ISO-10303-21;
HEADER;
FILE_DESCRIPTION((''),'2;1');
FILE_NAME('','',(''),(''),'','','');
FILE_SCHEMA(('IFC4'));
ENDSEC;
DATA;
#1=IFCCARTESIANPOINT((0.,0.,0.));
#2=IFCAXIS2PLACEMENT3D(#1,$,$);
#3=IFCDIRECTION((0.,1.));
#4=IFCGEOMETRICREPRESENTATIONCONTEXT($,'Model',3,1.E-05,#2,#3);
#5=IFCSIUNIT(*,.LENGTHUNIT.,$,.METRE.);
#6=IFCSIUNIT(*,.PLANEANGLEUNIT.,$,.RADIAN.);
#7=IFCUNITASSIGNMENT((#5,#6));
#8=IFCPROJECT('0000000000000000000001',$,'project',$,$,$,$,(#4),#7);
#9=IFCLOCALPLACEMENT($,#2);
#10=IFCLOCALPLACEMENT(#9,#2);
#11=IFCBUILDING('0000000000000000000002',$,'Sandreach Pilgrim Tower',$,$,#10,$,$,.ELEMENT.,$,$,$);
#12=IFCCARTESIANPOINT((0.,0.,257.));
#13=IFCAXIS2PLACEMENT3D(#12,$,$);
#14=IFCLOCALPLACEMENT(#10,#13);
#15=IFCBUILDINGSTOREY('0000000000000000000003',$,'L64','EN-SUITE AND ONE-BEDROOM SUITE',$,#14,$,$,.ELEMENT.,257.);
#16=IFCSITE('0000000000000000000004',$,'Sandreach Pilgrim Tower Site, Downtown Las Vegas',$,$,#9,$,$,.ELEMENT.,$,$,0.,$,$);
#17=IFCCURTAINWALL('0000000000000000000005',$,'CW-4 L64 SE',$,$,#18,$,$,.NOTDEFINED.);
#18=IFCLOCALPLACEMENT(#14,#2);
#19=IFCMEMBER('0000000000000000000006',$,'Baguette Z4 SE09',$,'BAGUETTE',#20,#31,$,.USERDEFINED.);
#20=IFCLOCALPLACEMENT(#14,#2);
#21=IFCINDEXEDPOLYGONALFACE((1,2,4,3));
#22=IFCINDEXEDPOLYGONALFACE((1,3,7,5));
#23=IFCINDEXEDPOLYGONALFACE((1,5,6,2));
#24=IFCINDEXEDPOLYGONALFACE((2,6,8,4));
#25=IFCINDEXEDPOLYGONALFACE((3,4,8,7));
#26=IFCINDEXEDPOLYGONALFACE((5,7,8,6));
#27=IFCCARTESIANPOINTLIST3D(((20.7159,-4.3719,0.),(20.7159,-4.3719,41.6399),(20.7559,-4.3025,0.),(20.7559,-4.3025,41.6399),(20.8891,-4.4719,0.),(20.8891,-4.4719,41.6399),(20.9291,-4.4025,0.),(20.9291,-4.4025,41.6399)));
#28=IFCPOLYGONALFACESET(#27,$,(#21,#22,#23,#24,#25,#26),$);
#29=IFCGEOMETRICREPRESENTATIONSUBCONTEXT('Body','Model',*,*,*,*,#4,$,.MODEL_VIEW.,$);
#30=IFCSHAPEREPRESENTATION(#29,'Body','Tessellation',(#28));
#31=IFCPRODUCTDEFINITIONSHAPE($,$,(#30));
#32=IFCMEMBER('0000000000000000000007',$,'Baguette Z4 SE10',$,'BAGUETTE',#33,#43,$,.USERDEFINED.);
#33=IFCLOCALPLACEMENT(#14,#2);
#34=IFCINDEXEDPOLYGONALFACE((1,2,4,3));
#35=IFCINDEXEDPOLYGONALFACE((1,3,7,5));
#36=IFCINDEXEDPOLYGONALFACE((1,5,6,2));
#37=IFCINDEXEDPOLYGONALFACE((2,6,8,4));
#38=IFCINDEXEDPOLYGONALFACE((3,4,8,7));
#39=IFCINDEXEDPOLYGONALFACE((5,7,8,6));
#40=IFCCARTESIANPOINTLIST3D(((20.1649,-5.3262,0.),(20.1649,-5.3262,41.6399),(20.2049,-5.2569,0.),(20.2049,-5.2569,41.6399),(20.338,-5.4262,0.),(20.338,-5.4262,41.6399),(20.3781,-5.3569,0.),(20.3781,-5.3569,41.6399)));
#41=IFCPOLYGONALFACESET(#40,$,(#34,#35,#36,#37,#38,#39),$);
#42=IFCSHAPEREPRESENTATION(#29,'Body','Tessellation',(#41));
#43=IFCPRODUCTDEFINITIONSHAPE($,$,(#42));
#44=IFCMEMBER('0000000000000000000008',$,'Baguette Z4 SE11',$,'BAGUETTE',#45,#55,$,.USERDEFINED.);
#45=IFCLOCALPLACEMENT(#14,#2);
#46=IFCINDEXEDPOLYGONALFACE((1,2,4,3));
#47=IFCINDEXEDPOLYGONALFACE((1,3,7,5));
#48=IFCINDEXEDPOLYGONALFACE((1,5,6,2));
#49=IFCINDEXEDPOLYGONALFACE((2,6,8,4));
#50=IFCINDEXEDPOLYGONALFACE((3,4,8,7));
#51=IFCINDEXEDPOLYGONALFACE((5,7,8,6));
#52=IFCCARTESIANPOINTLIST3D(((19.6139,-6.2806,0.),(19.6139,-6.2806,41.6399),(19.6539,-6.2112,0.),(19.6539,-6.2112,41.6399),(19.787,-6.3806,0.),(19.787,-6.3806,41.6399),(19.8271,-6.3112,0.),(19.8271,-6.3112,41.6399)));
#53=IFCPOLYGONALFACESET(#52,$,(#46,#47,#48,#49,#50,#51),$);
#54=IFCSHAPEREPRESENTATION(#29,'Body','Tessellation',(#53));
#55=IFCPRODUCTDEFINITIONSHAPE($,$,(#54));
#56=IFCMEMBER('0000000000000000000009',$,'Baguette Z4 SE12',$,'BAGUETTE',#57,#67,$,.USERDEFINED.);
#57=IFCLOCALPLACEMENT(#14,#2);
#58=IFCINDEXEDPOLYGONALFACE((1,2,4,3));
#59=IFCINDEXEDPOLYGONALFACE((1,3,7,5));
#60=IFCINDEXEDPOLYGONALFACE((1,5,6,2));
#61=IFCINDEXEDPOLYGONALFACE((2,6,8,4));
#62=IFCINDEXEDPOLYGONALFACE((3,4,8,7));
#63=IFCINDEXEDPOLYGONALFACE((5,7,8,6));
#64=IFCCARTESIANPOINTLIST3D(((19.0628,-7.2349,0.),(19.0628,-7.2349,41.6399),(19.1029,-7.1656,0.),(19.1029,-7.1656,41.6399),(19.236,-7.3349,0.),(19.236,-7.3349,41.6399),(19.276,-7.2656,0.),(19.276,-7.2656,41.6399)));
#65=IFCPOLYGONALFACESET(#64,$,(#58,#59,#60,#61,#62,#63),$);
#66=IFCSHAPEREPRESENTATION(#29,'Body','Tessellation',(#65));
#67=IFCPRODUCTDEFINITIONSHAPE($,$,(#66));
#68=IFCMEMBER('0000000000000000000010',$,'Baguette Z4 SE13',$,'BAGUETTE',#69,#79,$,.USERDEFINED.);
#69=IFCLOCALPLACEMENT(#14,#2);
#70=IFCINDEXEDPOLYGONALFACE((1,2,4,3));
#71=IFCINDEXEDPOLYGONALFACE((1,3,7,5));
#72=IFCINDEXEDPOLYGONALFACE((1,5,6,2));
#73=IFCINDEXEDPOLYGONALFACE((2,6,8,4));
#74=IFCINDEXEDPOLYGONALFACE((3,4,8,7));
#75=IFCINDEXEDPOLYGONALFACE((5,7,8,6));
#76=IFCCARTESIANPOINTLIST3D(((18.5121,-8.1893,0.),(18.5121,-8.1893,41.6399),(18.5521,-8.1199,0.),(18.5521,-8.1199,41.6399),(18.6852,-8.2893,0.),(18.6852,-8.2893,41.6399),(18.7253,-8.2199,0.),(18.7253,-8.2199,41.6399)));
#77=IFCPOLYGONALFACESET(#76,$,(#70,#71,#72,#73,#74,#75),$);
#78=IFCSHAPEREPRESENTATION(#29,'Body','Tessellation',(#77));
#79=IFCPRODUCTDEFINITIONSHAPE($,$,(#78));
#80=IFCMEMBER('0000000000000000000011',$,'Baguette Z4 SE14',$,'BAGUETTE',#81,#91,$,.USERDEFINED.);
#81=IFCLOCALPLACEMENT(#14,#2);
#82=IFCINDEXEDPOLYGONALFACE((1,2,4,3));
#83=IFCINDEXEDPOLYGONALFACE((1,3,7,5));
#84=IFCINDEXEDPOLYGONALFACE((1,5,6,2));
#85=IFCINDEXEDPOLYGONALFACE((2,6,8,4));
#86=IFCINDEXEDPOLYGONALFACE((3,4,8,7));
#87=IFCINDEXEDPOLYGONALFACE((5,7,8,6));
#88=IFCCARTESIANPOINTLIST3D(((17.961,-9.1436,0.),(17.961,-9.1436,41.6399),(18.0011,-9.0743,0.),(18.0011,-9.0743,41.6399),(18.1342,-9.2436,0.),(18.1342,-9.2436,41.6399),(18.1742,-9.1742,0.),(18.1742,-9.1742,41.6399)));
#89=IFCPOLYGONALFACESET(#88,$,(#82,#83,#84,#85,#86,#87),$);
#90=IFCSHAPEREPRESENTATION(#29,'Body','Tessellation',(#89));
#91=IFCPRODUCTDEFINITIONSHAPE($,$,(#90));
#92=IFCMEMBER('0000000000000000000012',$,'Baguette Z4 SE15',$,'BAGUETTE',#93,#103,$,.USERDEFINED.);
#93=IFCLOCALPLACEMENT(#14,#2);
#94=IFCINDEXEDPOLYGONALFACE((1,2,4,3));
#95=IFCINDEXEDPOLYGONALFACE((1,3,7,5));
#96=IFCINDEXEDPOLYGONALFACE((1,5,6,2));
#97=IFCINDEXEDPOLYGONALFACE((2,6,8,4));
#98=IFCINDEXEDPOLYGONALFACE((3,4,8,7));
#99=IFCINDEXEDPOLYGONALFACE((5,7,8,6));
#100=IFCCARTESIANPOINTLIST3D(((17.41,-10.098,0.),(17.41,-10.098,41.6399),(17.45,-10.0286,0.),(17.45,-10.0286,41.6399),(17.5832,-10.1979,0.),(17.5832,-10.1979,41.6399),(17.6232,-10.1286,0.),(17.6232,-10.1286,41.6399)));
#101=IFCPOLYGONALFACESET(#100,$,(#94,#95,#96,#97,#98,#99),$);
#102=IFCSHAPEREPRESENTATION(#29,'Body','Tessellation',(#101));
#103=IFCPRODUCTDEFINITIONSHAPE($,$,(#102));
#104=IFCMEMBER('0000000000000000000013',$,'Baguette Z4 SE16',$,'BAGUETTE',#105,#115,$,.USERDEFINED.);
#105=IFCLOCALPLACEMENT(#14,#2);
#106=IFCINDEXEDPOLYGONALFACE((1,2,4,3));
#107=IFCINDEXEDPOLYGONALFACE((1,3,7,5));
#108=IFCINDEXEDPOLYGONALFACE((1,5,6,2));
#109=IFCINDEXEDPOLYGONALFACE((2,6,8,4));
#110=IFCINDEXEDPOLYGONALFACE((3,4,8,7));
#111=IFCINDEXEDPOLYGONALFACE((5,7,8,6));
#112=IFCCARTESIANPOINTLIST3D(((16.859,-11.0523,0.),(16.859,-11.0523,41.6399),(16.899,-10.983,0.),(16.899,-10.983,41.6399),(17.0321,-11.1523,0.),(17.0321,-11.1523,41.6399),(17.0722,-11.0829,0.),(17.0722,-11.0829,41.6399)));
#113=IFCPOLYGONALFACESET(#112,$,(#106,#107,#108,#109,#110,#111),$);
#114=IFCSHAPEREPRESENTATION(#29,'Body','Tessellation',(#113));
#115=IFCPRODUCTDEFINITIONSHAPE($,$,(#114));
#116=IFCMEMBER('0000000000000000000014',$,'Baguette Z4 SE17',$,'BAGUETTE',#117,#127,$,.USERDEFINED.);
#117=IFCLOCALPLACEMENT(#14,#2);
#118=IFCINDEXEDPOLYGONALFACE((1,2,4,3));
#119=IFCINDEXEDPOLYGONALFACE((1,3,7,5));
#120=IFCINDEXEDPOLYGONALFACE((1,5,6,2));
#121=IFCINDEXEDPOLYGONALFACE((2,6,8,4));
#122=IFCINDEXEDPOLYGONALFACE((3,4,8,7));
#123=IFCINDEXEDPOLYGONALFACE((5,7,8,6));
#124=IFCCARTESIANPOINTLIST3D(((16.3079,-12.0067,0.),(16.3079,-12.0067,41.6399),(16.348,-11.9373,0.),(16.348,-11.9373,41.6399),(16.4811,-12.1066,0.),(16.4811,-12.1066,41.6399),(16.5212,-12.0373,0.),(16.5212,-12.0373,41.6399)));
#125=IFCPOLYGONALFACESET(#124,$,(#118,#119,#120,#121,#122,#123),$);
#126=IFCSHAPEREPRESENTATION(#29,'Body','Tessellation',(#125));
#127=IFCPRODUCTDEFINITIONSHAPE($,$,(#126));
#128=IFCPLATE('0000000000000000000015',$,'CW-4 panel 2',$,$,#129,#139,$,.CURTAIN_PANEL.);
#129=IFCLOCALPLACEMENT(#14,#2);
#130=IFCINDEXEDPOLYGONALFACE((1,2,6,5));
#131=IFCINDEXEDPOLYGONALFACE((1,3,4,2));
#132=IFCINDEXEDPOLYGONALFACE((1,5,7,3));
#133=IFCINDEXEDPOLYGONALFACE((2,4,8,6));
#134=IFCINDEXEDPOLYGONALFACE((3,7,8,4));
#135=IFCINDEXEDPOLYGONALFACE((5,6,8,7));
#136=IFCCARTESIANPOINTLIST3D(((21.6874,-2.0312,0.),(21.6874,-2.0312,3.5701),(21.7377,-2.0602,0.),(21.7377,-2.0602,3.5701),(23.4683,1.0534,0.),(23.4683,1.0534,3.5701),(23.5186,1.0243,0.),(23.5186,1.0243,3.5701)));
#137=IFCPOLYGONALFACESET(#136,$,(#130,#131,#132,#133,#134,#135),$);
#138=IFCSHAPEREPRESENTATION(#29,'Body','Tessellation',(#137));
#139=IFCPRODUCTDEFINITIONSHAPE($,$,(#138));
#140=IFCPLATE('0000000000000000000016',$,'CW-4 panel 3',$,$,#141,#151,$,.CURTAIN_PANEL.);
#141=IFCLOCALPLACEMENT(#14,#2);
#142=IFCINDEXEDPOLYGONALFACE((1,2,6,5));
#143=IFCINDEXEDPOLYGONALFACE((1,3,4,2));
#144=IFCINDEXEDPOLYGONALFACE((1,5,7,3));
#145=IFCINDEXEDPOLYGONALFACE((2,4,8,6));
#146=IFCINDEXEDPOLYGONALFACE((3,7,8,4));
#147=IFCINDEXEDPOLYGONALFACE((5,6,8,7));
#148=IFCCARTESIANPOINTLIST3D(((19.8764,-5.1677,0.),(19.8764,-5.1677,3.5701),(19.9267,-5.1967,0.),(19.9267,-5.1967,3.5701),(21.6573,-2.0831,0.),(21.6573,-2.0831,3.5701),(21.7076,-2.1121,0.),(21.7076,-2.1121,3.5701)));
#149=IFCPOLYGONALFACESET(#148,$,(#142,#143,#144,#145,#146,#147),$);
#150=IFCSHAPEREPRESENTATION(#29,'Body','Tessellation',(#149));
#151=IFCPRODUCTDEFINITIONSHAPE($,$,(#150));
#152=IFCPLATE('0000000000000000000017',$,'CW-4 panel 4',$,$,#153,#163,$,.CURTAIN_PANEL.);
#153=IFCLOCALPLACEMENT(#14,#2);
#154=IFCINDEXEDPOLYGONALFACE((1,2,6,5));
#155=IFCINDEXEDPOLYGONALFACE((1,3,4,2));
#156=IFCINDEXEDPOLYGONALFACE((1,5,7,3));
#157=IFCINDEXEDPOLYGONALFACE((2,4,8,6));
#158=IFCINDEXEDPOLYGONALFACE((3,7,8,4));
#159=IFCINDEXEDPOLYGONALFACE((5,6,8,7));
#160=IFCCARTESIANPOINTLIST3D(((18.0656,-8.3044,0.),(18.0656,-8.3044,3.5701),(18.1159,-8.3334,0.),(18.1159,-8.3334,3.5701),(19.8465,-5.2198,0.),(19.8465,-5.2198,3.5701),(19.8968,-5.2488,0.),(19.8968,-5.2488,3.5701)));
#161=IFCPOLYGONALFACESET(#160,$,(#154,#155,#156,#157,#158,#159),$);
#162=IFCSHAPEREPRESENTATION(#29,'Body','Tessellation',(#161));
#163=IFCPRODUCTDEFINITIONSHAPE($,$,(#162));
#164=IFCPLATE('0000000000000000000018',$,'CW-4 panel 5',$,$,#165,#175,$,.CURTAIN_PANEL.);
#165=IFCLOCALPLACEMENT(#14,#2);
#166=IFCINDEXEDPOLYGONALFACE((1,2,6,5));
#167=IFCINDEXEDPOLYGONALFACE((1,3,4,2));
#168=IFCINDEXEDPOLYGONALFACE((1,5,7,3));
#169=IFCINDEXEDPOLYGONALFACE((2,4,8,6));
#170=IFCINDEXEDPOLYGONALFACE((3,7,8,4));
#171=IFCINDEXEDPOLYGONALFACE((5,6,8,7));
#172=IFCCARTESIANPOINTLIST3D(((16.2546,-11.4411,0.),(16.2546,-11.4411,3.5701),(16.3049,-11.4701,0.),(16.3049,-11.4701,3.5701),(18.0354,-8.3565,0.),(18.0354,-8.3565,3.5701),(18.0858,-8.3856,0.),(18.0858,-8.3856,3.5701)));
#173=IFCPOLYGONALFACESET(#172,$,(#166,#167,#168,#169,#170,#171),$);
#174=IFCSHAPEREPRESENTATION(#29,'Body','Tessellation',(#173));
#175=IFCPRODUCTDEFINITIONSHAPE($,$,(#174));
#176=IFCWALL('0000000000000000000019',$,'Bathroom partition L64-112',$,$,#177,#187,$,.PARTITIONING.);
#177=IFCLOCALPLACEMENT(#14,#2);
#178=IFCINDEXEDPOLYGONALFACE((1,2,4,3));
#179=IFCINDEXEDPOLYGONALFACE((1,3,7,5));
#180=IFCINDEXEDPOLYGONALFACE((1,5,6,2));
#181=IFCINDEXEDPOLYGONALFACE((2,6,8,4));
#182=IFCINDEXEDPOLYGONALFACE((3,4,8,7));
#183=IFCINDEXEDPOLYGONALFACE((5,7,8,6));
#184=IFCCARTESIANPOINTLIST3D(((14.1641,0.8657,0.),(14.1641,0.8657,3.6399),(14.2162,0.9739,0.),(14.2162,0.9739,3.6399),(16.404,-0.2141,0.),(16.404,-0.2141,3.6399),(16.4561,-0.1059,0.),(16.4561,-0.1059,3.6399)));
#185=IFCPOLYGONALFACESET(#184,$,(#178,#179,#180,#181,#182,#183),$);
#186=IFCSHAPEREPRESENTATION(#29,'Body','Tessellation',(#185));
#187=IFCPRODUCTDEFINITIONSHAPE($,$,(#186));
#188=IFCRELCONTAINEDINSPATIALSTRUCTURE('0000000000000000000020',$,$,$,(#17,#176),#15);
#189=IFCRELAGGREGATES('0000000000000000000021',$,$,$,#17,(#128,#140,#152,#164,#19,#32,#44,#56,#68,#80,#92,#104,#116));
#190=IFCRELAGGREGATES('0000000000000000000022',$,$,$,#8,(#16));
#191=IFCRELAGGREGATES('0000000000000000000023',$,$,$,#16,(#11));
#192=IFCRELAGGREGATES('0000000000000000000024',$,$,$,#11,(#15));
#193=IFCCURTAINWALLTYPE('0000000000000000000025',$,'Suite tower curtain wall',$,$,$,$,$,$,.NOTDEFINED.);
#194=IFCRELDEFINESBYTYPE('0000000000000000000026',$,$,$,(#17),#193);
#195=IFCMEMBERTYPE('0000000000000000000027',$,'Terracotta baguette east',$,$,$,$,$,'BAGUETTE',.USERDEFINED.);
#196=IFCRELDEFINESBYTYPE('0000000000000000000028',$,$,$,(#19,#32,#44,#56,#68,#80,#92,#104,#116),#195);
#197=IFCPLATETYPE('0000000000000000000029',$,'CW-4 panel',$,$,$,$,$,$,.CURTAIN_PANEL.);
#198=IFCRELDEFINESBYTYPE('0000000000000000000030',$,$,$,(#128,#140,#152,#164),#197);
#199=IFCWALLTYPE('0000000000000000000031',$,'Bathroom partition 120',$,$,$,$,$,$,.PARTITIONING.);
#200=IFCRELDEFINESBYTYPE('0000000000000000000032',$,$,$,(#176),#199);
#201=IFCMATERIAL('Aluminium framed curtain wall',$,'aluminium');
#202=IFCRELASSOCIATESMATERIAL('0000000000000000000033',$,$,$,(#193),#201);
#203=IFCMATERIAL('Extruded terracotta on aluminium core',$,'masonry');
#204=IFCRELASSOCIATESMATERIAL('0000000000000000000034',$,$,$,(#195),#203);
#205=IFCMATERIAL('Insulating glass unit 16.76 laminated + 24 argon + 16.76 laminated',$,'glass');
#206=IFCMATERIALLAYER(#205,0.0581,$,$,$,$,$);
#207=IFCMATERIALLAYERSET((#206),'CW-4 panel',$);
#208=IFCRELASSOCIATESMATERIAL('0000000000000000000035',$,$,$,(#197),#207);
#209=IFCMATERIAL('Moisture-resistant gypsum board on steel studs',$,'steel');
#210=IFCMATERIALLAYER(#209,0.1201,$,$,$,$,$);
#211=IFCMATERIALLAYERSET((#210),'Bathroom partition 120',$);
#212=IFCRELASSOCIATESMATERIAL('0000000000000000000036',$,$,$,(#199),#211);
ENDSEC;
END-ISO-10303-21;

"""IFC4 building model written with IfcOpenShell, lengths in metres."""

from ifc_helpers import new_model, si_unit, direction, frame, frame_2d, origin, origin_2d, place, context, subcontext, project, spatial, rectangle, extrude, material, layer, layer_set, material_profile, profile_set, type_object, element, aggregate, save


model = new_model("IFC4")

# Units and contexts
model_context = context("Model", 3, precision=1e-05, world=origin(), true_north=direction((0.0, 1.0)))
body_context = subcontext(model_context, "Body", "Model", "MODEL_VIEW")
ifc_project = project(units=[si_unit("LENGTHUNIT", "METRE"), si_unit("PLANEANGLEUNIT", "RADIAN")], contexts=[model_context])

# Site, building, storey
site_placement = place(None, origin())
site = spatial("IfcSite", under=ifc_project, at=site_placement, Name="Sandreach Pilgrim Tower Site, Downtown Las Vegas", CompositionType="ELEMENT", RefElevation=0.0)
building_placement = place(site_placement, origin())
building = spatial("IfcBuilding", under=site, at=building_placement, Name="Sandreach Pilgrim Tower", CompositionType="ELEMENT")
storey_placement = place(building_placement, frame((0.0, 0.0, 257.0)))
storey = spatial("IfcBuildingStorey", under=building, at=storey_placement, Name="L64", Description="EN-SUITE AND ONE-BEDROOM SUITE", CompositionType="ELEMENT", Elevation=257.0)

# Curtain wall
ifc_material_1 = material(Name="Aluminium framed curtain wall", Category="aluminium")
curtain_wall_type = type_object("IfcCurtainWallType", Name="Suite tower curtain wall", PredefinedType="NOTDEFINED", material=ifc_material_1)
curtain_wall_placement = place(storey_placement, origin())
curtain_wall = element("IfcCurtainWall", 1, at=curtain_wall_placement, inside=storey, type_object=curtain_wall_type, Name="CW-4 L64 SE", PredefinedType="NOTDEFINED")

# Members
ifc_material_2 = material(Name="Extruded terracotta on aluminium core", Category="masonry")
ifc_material_profile_1 = material_profile(ifc_material_2, rectangle(XDim=0.0801, YDim=0.2, at=origin_2d()), Name="TBE 80X200")
ifc_profile_set_1 = profile_set([ifc_material_profile_1], Name="Extruded terracotta on aluminium core")
member_type_1 = type_object("IfcMemberType", Name="Terracotta baguette east", ElementType="BAGUETTE", PredefinedType="USERDEFINED", material=ifc_profile_set_1)
member_1_placement = place(storey_placement, frame((20.8225, -4.3872, 0.0), z_axis=(0.0, 0.0, 1.0), x_axis=(-0.5, -0.866025, 0.0)))
member_1 = element("IfcMember", 2, at=member_1_placement, type_object=member_type_1, Name="Baguette Z4 SE09", ObjectType="BAGUETTE", PredefinedType="USERDEFINED", context=body_context, shape_type="SweptSolid", body=[
    extrude(rectangle(XDim=0.0801, YDim=0.2, at=origin_2d()), origin(), (0.0, 0.0, 1.0), 41.6399),
])
member_2_placement = place(storey_placement, frame((20.2715, -5.3416, 0.0), z_axis=(0.0, 0.0, 1.0), x_axis=(-0.5, -0.866025, 0.0)))
member_2 = element("IfcMember", 3, at=member_2_placement, type_object=member_type_1, Name="Baguette Z4 SE10", ObjectType="BAGUETTE", PredefinedType="USERDEFINED", context=body_context, shape_type="SweptSolid", body=[
    extrude(rectangle(XDim=0.0801, YDim=0.2, at=origin_2d()), origin(), (0.0, 0.0, 1.0), 41.6399),
])
member_3_placement = place(storey_placement, frame((19.7205, -6.2959, 0.0), z_axis=(0.0, 0.0, 1.0), x_axis=(-0.5, -0.866025, 0.0)))
member_3 = element("IfcMember", 4, at=member_3_placement, type_object=member_type_1, Name="Baguette Z4 SE11", ObjectType="BAGUETTE", PredefinedType="USERDEFINED", context=body_context, shape_type="SweptSolid", body=[
    extrude(rectangle(XDim=0.0801, YDim=0.2, at=origin_2d()), origin(), (0.0, 0.0, 1.0), 41.6399),
])
member_4_placement = place(storey_placement, frame((19.1694, -7.2502, 0.0), z_axis=(0.0, 0.0, 1.0), x_axis=(-0.5, -0.866025, 0.0)))
member_4 = element("IfcMember", 5, at=member_4_placement, type_object=member_type_1, Name="Baguette Z4 SE12", ObjectType="BAGUETTE", PredefinedType="USERDEFINED", context=body_context, shape_type="SweptSolid", body=[
    extrude(rectangle(XDim=0.0801, YDim=0.2, at=origin_2d()), origin(), (0.0, 0.0, 1.0), 41.6399),
])
member_5_placement = place(storey_placement, frame((18.6187, -8.2046, 0.0), z_axis=(0.0, 0.0, 1.0), x_axis=(-0.5, -0.866025, 0.0)))
member_5 = element("IfcMember", 6, at=member_5_placement, type_object=member_type_1, Name="Baguette Z4 SE13", ObjectType="BAGUETTE", PredefinedType="USERDEFINED", context=body_context, shape_type="SweptSolid", body=[
    extrude(rectangle(XDim=0.0801, YDim=0.2, at=origin_2d()), origin(), (0.0, 0.0, 1.0), 41.6399),
])
member_6_placement = place(storey_placement, frame((18.0676, -9.1589, 0.0), z_axis=(0.0, 0.0, 1.0), x_axis=(-0.5, -0.866025, 0.0)))
member_6 = element("IfcMember", 7, at=member_6_placement, type_object=member_type_1, Name="Baguette Z4 SE14", ObjectType="BAGUETTE", PredefinedType="USERDEFINED", context=body_context, shape_type="SweptSolid", body=[
    extrude(rectangle(XDim=0.0801, YDim=0.2, at=origin_2d()), origin(), (0.0, 0.0, 1.0), 41.6399),
])
member_7_placement = place(storey_placement, frame((17.5166, -10.1133, 0.0), z_axis=(0.0, 0.0, 1.0), x_axis=(-0.5, -0.866025, 0.0)))
member_7 = element("IfcMember", 8, at=member_7_placement, type_object=member_type_1, Name="Baguette Z4 SE15", ObjectType="BAGUETTE", PredefinedType="USERDEFINED", context=body_context, shape_type="SweptSolid", body=[
    extrude(rectangle(XDim=0.0801, YDim=0.2, at=origin_2d()), origin(), (0.0, 0.0, 1.0), 41.6399),
])
member_8_placement = place(storey_placement, frame((16.9656, -11.0676, 0.0), z_axis=(0.0, 0.0, 1.0), x_axis=(-0.5, -0.866025, 0.0)))
member_8 = element("IfcMember", 9, at=member_8_placement, type_object=member_type_1, Name="Baguette Z4 SE16", ObjectType="BAGUETTE", PredefinedType="USERDEFINED", context=body_context, shape_type="SweptSolid", body=[
    extrude(rectangle(XDim=0.0801, YDim=0.2, at=origin_2d()), origin(), (0.0, 0.0, 1.0), 41.6399),
])
member_9_placement = place(storey_placement, frame((16.4146, -12.022, 0.0), z_axis=(0.0, 0.0, 1.0), x_axis=(-0.5, -0.866025, 0.0)))
member_9 = element("IfcMember", 10, at=member_9_placement, type_object=member_type_1, Name="Baguette Z4 SE17", ObjectType="BAGUETTE", PredefinedType="USERDEFINED", context=body_context, shape_type="SweptSolid", body=[
    extrude(rectangle(XDim=0.0801, YDim=0.2, at=origin_2d()), origin(), (0.0, 0.0, 1.0), 41.6399),
])

# Plates
ifc_material_3 = material(Name="Insulating glass unit 16.76 laminated + 24 argon + 16.76 laminated", Category="glass")
ifc_layer_1 = layer(ifc_material_3, 0.0581)
ifc_layer_set_1 = layer_set([ifc_layer_1], Name="CW-4 panel")
plate_type = type_object("IfcPlateType", Name="CW-4 panel", PredefinedType="CURTAIN_PANEL", material=ifc_layer_set_1)
plate_1_placement = place(storey_placement, frame((22.603, -0.5034, 0.0), z_axis=(0.0, 0.0, 1.0), x_axis=(-0.5, -0.866025, 0.0)))
plate_1 = element("IfcPlate", 11, at=plate_1_placement, type_object=plate_type, Name="CW-4 panel 2", PredefinedType="CURTAIN_PANEL", context=body_context, shape_type="SweptSolid", body=[
    extrude(rectangle(XDim=3.5618, YDim=0.0581, at=origin_2d()), origin(), (0.0, 0.0, 1.0), 3.5701),
])
plate_2_placement = place(storey_placement, frame((20.792, -3.6399, 0.0), z_axis=(0.0, 0.0, 1.0), x_axis=(-0.5, -0.866025, 0.0)))
plate_2 = element("IfcPlate", 12, at=plate_2_placement, type_object=plate_type, Name="CW-4 panel 3", PredefinedType="CURTAIN_PANEL", context=body_context, shape_type="SweptSolid", body=[
    extrude(rectangle(XDim=3.5618, YDim=0.0581, at=origin_2d()), origin(), (0.0, 0.0, 1.0), 3.5701),
])
plate_3_placement = place(storey_placement, frame((18.9812, -6.7766, 0.0), z_axis=(0.0, 0.0, 1.0), x_axis=(-0.5, -0.866025, 0.0)))
plate_3 = element("IfcPlate", 13, at=plate_3_placement, type_object=plate_type, Name="CW-4 panel 4", PredefinedType="CURTAIN_PANEL", context=body_context, shape_type="SweptSolid", body=[
    extrude(rectangle(XDim=3.5618, YDim=0.0581, at=origin_2d()), origin(), (0.0, 0.0, 1.0), 3.5701),
])
plate_4_placement = place(storey_placement, frame((17.1702, -9.9133, 0.0), z_axis=(0.0, 0.0, 1.0), x_axis=(-0.5, -0.866025, 0.0)))
plate_4 = element("IfcPlate", 14, at=plate_4_placement, type_object=plate_type, Name="CW-4 panel 5", PredefinedType="CURTAIN_PANEL", context=body_context, shape_type="SweptSolid", body=[
    extrude(rectangle(XDim=3.5618, YDim=0.0581, at=origin_2d()), origin(), (0.0, 0.0, 1.0), 3.5701),
])
aggregate(curtain_wall, [plate_1, plate_2, plate_3, plate_4, member_1, member_2, member_3, member_4, member_5, member_6, member_7, member_8, member_9])

# Wall
ifc_material_4 = material(Name="Moisture-resistant gypsum board on steel studs", Category="steel")
ifc_layer_2 = layer(ifc_material_4, 0.1201)
ifc_layer_set_2 = layer_set([ifc_layer_2], Name="Bathroom partition 120")
wall_type = type_object("IfcWallType", Name="Bathroom partition 120", PredefinedType="PARTITIONING", material=ifc_layer_set_2)
wall_placement = place(storey_placement, frame((16.4299, -0.1599, 0.0), z_axis=(0.0, 0.0, 1.0), x_axis=(-0.900794, 0.434247, 0.0)))
element("IfcWall", 15, at=wall_placement, inside=storey, type_object=wall_type, Name="Bathroom partition L64-112", PredefinedType="PARTITIONING", context=body_context, shape_type="SweptSolid", body=[
    extrude(rectangle(XDim=2.4866, YDim=0.1201, at=frame_2d((1.2432, 0.0))), origin(), (0.0, 0.0, 1.0), 3.6399),
])

save(model, "model.ifc")
